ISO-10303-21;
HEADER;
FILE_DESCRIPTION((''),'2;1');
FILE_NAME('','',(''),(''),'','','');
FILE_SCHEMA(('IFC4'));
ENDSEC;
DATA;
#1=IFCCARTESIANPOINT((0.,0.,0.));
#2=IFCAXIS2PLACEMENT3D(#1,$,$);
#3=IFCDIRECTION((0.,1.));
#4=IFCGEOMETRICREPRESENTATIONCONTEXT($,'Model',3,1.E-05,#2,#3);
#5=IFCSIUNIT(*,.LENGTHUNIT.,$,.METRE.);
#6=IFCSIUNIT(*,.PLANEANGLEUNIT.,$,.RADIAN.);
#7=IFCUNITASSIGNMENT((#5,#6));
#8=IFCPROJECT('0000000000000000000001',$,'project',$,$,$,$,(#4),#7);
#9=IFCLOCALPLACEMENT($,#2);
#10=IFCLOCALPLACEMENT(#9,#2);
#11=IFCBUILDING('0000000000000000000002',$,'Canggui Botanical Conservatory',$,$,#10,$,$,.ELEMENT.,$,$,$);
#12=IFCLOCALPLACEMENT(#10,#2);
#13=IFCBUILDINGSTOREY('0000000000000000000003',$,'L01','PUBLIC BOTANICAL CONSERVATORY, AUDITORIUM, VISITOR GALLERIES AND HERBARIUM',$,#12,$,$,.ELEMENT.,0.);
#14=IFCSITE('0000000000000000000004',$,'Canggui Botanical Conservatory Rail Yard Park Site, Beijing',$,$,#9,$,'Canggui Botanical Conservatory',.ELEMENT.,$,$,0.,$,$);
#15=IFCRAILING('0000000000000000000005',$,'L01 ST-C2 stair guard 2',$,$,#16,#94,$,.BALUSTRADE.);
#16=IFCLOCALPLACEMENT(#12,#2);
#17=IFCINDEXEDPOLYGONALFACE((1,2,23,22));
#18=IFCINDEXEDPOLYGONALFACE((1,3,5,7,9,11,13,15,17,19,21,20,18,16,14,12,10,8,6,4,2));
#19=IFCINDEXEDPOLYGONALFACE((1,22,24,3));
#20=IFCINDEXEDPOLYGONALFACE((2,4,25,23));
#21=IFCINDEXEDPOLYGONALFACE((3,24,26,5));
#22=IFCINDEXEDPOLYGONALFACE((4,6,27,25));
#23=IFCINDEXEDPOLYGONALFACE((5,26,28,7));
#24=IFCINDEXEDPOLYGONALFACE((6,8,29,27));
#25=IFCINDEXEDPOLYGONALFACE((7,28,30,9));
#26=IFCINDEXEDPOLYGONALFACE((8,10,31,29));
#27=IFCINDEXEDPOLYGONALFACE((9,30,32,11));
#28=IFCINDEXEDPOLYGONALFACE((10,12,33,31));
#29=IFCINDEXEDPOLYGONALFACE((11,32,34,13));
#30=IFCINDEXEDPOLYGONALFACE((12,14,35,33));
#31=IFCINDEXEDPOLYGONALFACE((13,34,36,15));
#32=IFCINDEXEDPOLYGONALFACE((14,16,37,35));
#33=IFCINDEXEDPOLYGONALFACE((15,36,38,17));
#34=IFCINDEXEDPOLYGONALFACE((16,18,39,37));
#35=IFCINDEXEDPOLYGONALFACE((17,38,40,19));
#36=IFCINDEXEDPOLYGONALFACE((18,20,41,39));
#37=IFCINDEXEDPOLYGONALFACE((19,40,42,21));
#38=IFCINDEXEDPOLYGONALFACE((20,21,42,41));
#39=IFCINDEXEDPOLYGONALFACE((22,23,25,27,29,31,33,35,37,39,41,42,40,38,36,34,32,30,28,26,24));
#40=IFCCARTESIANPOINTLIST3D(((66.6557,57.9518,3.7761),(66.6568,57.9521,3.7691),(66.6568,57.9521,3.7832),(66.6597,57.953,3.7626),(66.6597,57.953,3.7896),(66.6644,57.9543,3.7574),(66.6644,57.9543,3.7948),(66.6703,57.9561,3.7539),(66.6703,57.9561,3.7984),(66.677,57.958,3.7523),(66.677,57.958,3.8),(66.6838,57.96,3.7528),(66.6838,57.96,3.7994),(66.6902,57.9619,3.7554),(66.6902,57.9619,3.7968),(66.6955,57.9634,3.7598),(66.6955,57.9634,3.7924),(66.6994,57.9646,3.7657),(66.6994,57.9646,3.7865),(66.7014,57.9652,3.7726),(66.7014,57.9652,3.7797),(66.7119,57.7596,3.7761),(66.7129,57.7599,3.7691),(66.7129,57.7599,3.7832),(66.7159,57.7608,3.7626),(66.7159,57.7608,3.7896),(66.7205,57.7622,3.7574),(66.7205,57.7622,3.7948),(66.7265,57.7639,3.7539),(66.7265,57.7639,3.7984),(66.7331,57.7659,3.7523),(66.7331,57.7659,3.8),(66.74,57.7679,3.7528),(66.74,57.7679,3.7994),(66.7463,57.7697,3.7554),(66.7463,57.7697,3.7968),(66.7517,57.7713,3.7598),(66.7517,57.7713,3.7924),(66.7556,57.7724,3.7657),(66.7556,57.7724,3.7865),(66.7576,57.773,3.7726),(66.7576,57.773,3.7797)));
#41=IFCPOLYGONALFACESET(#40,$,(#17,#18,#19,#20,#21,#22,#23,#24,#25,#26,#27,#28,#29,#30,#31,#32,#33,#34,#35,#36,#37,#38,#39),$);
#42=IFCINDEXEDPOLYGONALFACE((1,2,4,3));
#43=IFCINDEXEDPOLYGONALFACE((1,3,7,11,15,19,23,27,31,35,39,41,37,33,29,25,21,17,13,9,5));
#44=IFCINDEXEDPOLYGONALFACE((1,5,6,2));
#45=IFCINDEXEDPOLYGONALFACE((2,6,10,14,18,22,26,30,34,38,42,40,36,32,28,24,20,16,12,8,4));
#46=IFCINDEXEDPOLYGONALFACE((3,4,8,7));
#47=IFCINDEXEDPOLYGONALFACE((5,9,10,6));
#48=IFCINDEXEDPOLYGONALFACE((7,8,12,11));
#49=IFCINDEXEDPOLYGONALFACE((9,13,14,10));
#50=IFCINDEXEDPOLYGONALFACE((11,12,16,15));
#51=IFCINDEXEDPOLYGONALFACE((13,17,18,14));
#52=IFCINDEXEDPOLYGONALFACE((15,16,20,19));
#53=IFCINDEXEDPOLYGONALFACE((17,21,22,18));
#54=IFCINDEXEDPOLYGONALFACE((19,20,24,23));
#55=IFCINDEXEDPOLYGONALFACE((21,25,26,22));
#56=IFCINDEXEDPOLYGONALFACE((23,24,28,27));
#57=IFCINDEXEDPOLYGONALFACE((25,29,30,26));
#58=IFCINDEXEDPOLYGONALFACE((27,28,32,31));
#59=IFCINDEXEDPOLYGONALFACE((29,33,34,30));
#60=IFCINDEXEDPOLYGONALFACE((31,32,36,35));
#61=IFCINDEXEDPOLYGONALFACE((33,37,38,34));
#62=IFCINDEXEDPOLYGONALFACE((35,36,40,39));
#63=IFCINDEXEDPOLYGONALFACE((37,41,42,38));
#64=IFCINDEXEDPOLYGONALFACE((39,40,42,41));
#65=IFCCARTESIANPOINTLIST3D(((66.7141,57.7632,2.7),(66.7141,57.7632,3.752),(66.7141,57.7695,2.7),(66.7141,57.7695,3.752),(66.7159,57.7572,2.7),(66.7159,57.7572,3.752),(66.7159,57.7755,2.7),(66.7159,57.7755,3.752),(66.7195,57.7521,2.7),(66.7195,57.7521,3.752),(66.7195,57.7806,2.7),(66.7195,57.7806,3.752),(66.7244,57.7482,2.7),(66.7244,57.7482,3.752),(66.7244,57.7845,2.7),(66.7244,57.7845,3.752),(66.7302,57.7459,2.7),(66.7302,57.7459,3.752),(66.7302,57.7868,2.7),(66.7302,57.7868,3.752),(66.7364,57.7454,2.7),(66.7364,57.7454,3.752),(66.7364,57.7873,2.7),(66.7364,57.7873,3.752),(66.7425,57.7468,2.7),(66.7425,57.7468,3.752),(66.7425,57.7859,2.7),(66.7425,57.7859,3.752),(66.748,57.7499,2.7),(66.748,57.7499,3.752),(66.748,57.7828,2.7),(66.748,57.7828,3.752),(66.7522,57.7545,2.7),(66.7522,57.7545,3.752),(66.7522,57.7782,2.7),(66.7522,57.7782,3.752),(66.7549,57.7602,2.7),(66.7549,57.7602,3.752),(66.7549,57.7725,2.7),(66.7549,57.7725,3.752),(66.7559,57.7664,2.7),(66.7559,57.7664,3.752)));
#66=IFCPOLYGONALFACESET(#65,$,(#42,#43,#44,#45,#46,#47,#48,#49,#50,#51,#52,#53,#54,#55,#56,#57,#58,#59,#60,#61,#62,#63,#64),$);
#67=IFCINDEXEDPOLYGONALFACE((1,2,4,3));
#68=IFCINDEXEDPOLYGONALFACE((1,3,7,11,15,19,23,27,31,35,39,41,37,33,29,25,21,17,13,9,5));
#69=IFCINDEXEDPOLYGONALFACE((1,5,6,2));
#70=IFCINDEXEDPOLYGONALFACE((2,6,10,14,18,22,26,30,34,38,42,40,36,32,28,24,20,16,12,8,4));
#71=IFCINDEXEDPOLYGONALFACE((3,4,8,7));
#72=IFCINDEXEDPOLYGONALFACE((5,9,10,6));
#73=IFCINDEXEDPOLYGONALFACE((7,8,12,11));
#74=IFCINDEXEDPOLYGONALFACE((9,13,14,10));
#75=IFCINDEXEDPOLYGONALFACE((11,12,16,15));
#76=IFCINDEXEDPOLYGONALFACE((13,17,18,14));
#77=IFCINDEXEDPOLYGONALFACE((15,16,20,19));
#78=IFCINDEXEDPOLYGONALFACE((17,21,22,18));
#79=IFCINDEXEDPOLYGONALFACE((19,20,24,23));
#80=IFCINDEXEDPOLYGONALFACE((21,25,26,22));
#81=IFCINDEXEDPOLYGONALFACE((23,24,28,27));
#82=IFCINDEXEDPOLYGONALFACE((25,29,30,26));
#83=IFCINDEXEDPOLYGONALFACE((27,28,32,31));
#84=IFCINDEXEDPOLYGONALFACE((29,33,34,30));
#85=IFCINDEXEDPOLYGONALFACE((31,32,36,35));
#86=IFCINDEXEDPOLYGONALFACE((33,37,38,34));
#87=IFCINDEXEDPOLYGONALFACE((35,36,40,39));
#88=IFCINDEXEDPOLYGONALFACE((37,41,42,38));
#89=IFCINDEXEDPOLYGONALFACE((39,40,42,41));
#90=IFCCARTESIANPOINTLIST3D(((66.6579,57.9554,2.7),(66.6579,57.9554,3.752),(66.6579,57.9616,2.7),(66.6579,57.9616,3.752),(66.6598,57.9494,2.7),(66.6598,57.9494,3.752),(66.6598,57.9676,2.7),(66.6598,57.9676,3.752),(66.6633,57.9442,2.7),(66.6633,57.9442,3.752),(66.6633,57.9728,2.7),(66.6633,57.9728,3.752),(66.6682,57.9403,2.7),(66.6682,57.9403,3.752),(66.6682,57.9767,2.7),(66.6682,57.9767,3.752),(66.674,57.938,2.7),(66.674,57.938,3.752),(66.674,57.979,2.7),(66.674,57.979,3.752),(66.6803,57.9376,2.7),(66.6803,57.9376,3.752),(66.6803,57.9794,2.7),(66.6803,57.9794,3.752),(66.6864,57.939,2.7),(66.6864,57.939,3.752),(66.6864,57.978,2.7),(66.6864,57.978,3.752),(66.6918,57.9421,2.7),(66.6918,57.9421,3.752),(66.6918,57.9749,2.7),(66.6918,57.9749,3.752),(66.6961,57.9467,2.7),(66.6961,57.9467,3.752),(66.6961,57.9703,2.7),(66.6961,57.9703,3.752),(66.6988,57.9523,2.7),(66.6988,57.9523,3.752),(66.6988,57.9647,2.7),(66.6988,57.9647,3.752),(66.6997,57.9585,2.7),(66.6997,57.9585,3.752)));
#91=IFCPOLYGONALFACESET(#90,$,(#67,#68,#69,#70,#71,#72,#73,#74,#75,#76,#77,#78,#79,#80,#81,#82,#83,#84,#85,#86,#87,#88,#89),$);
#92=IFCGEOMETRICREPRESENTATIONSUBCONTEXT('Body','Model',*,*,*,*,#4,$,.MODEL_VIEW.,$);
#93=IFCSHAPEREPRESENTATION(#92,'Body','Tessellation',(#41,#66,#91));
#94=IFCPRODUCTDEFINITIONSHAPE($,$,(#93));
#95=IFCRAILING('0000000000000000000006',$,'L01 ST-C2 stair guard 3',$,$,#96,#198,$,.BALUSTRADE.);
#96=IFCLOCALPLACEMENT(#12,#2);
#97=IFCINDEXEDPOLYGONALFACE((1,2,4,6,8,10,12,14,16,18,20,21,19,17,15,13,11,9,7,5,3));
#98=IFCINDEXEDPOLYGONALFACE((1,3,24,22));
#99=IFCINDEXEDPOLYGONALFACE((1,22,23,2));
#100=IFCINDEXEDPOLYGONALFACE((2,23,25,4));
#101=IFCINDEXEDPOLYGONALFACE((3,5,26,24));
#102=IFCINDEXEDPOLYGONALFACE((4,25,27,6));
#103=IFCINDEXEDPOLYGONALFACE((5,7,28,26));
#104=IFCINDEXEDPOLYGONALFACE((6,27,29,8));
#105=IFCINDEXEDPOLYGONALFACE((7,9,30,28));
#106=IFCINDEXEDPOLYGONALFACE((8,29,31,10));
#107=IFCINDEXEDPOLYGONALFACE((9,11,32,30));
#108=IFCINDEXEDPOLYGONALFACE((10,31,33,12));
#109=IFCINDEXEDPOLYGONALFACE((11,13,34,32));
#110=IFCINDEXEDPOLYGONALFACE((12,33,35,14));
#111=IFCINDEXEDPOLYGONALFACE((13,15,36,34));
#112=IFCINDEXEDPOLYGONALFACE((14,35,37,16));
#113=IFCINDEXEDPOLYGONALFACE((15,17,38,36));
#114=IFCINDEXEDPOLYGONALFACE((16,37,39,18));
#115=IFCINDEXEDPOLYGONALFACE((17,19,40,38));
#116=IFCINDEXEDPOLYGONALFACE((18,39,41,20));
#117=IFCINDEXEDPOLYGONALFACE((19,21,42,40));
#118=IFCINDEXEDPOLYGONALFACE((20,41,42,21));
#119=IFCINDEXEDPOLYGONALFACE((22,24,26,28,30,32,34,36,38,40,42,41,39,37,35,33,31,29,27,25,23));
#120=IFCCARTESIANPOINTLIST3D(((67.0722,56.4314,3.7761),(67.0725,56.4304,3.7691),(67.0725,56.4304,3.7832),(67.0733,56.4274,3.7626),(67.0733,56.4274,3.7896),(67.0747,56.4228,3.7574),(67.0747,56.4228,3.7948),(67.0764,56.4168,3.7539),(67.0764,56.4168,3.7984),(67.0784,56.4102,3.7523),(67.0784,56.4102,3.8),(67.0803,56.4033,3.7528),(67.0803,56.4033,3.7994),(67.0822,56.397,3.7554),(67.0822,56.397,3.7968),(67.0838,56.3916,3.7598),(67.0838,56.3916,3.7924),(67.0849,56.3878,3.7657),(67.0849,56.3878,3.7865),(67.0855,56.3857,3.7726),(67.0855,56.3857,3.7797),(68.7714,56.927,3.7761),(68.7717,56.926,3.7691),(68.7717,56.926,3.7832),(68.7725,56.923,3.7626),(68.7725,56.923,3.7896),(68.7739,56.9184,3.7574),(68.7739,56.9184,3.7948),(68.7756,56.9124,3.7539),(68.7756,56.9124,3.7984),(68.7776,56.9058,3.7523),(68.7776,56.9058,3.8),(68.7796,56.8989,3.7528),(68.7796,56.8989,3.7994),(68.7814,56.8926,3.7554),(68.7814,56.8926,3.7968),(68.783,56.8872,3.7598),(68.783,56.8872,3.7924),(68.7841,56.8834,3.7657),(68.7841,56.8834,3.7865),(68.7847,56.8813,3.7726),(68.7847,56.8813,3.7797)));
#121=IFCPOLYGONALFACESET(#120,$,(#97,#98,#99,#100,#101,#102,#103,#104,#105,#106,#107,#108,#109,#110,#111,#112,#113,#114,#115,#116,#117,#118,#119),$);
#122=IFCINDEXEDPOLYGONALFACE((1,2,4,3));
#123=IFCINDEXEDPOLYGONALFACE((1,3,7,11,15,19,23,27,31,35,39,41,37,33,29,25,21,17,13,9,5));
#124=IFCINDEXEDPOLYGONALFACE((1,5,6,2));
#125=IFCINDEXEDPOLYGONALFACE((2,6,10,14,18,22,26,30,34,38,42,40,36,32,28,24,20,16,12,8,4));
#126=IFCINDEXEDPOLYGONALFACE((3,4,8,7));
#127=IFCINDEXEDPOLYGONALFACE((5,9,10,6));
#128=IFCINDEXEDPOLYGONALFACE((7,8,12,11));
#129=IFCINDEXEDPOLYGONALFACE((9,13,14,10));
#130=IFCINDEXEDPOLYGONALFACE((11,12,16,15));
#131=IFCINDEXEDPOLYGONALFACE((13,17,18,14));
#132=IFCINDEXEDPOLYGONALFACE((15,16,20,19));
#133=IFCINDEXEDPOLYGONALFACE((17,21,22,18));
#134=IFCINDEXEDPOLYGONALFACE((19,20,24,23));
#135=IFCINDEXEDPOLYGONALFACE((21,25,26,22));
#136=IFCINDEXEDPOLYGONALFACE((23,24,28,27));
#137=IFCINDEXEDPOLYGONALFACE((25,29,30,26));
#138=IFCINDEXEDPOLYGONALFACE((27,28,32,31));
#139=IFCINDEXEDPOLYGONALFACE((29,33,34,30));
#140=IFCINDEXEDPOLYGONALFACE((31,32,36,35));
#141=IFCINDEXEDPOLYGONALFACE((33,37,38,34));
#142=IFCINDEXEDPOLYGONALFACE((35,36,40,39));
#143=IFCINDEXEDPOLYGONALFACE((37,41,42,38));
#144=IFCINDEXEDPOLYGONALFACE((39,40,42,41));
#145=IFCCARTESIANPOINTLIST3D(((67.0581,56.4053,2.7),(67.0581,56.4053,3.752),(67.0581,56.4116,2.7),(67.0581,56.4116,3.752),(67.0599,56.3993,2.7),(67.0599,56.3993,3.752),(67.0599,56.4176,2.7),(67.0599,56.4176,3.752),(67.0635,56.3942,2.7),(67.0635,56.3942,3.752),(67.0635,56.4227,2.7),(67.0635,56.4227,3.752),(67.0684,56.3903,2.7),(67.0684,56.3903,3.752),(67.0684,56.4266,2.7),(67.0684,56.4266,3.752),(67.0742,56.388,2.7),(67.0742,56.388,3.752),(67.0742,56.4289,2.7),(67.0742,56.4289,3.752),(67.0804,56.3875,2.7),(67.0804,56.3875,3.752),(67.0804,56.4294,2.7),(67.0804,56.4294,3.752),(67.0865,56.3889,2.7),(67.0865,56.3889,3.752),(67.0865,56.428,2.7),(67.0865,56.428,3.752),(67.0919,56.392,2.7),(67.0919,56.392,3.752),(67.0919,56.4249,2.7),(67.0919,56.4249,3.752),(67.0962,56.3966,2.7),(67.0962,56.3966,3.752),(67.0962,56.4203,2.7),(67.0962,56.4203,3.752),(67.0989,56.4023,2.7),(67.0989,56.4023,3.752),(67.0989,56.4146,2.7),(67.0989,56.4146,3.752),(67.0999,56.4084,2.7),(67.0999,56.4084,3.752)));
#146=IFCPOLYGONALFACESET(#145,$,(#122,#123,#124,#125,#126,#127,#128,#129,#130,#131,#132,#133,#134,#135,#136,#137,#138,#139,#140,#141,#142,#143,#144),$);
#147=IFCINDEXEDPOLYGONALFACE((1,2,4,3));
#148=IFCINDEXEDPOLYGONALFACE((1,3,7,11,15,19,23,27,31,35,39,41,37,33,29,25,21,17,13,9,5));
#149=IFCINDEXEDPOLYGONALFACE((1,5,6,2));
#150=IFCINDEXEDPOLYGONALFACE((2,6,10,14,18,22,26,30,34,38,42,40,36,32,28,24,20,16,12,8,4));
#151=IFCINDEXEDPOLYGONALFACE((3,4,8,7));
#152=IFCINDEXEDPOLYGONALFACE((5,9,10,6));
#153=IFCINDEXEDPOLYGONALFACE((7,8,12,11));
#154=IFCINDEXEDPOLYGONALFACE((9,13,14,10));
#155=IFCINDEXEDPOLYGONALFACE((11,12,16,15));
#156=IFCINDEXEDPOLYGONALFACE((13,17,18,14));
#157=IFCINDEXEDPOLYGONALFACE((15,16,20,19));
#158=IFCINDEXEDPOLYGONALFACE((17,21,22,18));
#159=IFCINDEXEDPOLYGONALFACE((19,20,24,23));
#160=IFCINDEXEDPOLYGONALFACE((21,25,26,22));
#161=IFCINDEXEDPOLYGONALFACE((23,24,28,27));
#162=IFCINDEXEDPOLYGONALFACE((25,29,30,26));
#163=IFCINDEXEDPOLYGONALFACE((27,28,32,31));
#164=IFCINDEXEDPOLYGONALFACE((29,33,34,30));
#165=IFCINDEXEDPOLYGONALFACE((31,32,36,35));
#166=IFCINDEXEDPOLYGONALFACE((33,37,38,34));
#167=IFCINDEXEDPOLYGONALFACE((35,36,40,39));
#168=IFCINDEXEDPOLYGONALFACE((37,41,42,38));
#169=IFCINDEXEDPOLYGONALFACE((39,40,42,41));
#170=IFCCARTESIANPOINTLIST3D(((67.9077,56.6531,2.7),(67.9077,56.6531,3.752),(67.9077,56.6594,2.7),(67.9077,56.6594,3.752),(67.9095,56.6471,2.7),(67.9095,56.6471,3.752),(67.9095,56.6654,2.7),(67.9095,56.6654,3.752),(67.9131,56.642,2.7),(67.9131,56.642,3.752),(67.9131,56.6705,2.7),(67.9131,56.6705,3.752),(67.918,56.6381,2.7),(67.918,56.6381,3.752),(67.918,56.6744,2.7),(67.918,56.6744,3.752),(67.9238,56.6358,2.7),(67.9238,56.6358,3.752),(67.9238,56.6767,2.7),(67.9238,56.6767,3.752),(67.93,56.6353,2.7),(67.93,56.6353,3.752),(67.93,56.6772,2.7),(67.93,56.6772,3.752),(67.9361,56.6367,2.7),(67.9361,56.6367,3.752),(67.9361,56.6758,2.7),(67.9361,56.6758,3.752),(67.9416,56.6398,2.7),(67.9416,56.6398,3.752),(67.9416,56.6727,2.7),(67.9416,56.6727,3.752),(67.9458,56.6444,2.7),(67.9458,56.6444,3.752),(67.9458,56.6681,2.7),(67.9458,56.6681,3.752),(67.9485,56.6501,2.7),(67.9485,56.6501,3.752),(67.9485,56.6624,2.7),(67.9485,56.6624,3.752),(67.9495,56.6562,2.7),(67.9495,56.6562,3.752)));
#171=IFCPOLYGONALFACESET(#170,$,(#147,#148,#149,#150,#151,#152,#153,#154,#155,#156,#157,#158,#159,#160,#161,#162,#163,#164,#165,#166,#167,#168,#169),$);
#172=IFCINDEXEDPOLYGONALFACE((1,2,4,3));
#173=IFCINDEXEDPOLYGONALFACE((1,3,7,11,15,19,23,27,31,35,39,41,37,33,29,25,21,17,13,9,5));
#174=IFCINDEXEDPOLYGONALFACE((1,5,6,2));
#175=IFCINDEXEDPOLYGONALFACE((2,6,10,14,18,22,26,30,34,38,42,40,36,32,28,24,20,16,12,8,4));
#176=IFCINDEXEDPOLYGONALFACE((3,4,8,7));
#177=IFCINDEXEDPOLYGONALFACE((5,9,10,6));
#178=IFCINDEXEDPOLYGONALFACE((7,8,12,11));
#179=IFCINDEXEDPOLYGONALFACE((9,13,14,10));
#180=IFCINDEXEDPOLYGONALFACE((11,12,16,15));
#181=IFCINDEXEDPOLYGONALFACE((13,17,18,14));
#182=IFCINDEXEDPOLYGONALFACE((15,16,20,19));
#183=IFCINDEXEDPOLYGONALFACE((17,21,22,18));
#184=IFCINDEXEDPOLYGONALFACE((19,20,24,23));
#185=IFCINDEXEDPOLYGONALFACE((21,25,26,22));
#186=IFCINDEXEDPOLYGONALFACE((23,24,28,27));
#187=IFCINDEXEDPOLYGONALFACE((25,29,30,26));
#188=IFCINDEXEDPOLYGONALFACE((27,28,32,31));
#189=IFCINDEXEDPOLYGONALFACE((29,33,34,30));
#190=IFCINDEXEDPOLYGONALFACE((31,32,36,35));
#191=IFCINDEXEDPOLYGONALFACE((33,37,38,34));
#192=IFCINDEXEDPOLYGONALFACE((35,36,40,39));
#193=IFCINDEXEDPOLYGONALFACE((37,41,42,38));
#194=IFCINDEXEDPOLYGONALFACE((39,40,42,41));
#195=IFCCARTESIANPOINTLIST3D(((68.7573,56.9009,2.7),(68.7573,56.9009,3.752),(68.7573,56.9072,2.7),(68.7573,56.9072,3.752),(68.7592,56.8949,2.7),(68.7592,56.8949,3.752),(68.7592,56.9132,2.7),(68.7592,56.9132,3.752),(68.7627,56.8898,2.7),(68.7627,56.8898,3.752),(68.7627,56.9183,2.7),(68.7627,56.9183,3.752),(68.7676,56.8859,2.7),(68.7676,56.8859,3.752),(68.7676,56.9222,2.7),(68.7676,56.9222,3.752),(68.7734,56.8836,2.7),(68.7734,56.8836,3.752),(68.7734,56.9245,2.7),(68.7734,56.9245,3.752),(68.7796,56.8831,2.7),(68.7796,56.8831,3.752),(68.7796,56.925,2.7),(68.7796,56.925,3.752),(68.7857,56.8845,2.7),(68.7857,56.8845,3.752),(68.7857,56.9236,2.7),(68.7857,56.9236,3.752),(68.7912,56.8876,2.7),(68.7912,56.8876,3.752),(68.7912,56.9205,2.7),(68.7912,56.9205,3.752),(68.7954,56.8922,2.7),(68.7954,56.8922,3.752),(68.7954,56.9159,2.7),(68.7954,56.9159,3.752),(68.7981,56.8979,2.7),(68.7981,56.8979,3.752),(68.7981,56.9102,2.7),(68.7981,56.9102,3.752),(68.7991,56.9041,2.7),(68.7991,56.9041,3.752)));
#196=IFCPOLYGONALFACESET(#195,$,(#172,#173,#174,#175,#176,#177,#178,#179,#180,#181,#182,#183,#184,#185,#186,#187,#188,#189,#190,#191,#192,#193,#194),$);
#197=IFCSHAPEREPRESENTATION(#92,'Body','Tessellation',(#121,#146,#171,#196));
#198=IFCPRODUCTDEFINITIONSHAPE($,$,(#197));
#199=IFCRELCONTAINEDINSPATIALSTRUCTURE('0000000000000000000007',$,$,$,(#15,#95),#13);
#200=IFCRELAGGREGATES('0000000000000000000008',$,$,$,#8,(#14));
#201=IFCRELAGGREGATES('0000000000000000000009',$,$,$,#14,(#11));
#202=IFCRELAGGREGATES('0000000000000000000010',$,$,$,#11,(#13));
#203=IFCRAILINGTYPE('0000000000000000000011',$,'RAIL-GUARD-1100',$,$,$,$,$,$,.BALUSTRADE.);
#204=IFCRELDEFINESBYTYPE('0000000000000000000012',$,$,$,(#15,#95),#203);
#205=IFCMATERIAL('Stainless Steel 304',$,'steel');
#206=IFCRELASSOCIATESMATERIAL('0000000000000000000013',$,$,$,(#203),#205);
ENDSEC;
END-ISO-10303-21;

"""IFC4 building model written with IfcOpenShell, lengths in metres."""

from ifc_helpers import new_model, si_unit, direction, frame, origin, origin_2d, place, context, subcontext, project, spatial, circle, extrude, material, type_object, element, save


model = new_model("IFC4")

# Units and contexts
model_context = context("Model", 3, precision=1e-05, world=origin(), true_north=direction((0.0, 1.0)))
body_context = subcontext(model_context, "Body", "Model", "MODEL_VIEW")
ifc_project = project(units=[si_unit("LENGTHUNIT", "METRE"), si_unit("PLANEANGLEUNIT", "RADIAN")], contexts=[model_context])

# Site, building, storey
site_placement = place(None, origin())
site = spatial("IfcSite", under=ifc_project, at=site_placement, Name="Canggui Botanical Conservatory Rail Yard Park Site, Beijing", LongName="Canggui Botanical Conservatory", CompositionType="ELEMENT", RefElevation=0.0)
building_placement = place(site_placement, origin())
building = spatial("IfcBuilding", under=site, at=building_placement, Name="Canggui Botanical Conservatory", CompositionType="ELEMENT")
storey_placement = place(building_placement, origin())
storey = spatial("IfcBuildingStorey", under=building, at=storey_placement, Name="L01", Description="PUBLIC BOTANICAL CONSERVATORY, AUDITORIUM, VISITOR GALLERIES AND HERBARIUM", CompositionType="ELEMENT", Elevation=0.0)

# Railings
ifc_material_1 = material(Name="Stainless Steel 304", Category="steel")
railing_type_1 = type_object("IfcRailingType", Name="RAIL-GUARD-1100", PredefinedType="BALUSTRADE", material=ifc_material_1)
railing_1_placement = place(storey_placement, frame((66.7349, 57.7664, 2.7)))
element("IfcRailing", 1, at=railing_1_placement, inside=storey, type_object=railing_type_1, Name="L01 ST-C2 stair guard 2", PredefinedType="BALUSTRADE", context=body_context, shape_type="SweptSolid", body=[
    extrude(circle(Radius=0.0239, at=origin_2d()), frame((0.0, 0.0, 1.0762), z_axis=(-0.280515, 0.95985, 0.0), x_axis=(-0.95985, -0.280515, 0.0)), (0.0, 0.0, 1.0), 0.2002),
    extrude(circle(Radius=0.021, at=origin_2d()), origin(), (0.0, 0.0, 1.0), 1.052),
    extrude(circle(Radius=0.021, at=origin_2d()), frame((-0.0562, 0.1921, 0.0)), (0.0, 0.0, 1.0), 1.052),
])
for number, where, name in (
    (2, (67.0789, 56.4084, 2.7), "L01 ST-C2 stair guard 3"),
):
    element("IfcRailing", number, at=place(storey_placement, frame(where)), inside=storey, type_object=railing_type_1, Name=name, PredefinedType="BALUSTRADE", context=body_context, shape_type="SweptSolid", body=[
        extrude(circle(Radius=0.0239, at=origin_2d()), frame((0.0, 0.0, 1.0762), z_axis=(0.96, 0.28, 0.0), x_axis=(-0.28, 0.96, 0.0)), (0.0, 0.0, 1.0), 1.77),
        extrude(circle(Radius=0.021, at=origin_2d()), origin(), (0.0, 0.0, 1.0), 1.052),
        extrude(circle(Radius=0.021, at=origin_2d()), frame((0.8496, 0.2478, 0.0)), (0.0, 0.0, 1.0), 1.052),
        extrude(circle(Radius=0.021, at=origin_2d()), frame((1.6992, 0.4956, 0.0)), (0.0, 0.0, 1.0), 1.052),
    ])

save(model, "model.ifc")
